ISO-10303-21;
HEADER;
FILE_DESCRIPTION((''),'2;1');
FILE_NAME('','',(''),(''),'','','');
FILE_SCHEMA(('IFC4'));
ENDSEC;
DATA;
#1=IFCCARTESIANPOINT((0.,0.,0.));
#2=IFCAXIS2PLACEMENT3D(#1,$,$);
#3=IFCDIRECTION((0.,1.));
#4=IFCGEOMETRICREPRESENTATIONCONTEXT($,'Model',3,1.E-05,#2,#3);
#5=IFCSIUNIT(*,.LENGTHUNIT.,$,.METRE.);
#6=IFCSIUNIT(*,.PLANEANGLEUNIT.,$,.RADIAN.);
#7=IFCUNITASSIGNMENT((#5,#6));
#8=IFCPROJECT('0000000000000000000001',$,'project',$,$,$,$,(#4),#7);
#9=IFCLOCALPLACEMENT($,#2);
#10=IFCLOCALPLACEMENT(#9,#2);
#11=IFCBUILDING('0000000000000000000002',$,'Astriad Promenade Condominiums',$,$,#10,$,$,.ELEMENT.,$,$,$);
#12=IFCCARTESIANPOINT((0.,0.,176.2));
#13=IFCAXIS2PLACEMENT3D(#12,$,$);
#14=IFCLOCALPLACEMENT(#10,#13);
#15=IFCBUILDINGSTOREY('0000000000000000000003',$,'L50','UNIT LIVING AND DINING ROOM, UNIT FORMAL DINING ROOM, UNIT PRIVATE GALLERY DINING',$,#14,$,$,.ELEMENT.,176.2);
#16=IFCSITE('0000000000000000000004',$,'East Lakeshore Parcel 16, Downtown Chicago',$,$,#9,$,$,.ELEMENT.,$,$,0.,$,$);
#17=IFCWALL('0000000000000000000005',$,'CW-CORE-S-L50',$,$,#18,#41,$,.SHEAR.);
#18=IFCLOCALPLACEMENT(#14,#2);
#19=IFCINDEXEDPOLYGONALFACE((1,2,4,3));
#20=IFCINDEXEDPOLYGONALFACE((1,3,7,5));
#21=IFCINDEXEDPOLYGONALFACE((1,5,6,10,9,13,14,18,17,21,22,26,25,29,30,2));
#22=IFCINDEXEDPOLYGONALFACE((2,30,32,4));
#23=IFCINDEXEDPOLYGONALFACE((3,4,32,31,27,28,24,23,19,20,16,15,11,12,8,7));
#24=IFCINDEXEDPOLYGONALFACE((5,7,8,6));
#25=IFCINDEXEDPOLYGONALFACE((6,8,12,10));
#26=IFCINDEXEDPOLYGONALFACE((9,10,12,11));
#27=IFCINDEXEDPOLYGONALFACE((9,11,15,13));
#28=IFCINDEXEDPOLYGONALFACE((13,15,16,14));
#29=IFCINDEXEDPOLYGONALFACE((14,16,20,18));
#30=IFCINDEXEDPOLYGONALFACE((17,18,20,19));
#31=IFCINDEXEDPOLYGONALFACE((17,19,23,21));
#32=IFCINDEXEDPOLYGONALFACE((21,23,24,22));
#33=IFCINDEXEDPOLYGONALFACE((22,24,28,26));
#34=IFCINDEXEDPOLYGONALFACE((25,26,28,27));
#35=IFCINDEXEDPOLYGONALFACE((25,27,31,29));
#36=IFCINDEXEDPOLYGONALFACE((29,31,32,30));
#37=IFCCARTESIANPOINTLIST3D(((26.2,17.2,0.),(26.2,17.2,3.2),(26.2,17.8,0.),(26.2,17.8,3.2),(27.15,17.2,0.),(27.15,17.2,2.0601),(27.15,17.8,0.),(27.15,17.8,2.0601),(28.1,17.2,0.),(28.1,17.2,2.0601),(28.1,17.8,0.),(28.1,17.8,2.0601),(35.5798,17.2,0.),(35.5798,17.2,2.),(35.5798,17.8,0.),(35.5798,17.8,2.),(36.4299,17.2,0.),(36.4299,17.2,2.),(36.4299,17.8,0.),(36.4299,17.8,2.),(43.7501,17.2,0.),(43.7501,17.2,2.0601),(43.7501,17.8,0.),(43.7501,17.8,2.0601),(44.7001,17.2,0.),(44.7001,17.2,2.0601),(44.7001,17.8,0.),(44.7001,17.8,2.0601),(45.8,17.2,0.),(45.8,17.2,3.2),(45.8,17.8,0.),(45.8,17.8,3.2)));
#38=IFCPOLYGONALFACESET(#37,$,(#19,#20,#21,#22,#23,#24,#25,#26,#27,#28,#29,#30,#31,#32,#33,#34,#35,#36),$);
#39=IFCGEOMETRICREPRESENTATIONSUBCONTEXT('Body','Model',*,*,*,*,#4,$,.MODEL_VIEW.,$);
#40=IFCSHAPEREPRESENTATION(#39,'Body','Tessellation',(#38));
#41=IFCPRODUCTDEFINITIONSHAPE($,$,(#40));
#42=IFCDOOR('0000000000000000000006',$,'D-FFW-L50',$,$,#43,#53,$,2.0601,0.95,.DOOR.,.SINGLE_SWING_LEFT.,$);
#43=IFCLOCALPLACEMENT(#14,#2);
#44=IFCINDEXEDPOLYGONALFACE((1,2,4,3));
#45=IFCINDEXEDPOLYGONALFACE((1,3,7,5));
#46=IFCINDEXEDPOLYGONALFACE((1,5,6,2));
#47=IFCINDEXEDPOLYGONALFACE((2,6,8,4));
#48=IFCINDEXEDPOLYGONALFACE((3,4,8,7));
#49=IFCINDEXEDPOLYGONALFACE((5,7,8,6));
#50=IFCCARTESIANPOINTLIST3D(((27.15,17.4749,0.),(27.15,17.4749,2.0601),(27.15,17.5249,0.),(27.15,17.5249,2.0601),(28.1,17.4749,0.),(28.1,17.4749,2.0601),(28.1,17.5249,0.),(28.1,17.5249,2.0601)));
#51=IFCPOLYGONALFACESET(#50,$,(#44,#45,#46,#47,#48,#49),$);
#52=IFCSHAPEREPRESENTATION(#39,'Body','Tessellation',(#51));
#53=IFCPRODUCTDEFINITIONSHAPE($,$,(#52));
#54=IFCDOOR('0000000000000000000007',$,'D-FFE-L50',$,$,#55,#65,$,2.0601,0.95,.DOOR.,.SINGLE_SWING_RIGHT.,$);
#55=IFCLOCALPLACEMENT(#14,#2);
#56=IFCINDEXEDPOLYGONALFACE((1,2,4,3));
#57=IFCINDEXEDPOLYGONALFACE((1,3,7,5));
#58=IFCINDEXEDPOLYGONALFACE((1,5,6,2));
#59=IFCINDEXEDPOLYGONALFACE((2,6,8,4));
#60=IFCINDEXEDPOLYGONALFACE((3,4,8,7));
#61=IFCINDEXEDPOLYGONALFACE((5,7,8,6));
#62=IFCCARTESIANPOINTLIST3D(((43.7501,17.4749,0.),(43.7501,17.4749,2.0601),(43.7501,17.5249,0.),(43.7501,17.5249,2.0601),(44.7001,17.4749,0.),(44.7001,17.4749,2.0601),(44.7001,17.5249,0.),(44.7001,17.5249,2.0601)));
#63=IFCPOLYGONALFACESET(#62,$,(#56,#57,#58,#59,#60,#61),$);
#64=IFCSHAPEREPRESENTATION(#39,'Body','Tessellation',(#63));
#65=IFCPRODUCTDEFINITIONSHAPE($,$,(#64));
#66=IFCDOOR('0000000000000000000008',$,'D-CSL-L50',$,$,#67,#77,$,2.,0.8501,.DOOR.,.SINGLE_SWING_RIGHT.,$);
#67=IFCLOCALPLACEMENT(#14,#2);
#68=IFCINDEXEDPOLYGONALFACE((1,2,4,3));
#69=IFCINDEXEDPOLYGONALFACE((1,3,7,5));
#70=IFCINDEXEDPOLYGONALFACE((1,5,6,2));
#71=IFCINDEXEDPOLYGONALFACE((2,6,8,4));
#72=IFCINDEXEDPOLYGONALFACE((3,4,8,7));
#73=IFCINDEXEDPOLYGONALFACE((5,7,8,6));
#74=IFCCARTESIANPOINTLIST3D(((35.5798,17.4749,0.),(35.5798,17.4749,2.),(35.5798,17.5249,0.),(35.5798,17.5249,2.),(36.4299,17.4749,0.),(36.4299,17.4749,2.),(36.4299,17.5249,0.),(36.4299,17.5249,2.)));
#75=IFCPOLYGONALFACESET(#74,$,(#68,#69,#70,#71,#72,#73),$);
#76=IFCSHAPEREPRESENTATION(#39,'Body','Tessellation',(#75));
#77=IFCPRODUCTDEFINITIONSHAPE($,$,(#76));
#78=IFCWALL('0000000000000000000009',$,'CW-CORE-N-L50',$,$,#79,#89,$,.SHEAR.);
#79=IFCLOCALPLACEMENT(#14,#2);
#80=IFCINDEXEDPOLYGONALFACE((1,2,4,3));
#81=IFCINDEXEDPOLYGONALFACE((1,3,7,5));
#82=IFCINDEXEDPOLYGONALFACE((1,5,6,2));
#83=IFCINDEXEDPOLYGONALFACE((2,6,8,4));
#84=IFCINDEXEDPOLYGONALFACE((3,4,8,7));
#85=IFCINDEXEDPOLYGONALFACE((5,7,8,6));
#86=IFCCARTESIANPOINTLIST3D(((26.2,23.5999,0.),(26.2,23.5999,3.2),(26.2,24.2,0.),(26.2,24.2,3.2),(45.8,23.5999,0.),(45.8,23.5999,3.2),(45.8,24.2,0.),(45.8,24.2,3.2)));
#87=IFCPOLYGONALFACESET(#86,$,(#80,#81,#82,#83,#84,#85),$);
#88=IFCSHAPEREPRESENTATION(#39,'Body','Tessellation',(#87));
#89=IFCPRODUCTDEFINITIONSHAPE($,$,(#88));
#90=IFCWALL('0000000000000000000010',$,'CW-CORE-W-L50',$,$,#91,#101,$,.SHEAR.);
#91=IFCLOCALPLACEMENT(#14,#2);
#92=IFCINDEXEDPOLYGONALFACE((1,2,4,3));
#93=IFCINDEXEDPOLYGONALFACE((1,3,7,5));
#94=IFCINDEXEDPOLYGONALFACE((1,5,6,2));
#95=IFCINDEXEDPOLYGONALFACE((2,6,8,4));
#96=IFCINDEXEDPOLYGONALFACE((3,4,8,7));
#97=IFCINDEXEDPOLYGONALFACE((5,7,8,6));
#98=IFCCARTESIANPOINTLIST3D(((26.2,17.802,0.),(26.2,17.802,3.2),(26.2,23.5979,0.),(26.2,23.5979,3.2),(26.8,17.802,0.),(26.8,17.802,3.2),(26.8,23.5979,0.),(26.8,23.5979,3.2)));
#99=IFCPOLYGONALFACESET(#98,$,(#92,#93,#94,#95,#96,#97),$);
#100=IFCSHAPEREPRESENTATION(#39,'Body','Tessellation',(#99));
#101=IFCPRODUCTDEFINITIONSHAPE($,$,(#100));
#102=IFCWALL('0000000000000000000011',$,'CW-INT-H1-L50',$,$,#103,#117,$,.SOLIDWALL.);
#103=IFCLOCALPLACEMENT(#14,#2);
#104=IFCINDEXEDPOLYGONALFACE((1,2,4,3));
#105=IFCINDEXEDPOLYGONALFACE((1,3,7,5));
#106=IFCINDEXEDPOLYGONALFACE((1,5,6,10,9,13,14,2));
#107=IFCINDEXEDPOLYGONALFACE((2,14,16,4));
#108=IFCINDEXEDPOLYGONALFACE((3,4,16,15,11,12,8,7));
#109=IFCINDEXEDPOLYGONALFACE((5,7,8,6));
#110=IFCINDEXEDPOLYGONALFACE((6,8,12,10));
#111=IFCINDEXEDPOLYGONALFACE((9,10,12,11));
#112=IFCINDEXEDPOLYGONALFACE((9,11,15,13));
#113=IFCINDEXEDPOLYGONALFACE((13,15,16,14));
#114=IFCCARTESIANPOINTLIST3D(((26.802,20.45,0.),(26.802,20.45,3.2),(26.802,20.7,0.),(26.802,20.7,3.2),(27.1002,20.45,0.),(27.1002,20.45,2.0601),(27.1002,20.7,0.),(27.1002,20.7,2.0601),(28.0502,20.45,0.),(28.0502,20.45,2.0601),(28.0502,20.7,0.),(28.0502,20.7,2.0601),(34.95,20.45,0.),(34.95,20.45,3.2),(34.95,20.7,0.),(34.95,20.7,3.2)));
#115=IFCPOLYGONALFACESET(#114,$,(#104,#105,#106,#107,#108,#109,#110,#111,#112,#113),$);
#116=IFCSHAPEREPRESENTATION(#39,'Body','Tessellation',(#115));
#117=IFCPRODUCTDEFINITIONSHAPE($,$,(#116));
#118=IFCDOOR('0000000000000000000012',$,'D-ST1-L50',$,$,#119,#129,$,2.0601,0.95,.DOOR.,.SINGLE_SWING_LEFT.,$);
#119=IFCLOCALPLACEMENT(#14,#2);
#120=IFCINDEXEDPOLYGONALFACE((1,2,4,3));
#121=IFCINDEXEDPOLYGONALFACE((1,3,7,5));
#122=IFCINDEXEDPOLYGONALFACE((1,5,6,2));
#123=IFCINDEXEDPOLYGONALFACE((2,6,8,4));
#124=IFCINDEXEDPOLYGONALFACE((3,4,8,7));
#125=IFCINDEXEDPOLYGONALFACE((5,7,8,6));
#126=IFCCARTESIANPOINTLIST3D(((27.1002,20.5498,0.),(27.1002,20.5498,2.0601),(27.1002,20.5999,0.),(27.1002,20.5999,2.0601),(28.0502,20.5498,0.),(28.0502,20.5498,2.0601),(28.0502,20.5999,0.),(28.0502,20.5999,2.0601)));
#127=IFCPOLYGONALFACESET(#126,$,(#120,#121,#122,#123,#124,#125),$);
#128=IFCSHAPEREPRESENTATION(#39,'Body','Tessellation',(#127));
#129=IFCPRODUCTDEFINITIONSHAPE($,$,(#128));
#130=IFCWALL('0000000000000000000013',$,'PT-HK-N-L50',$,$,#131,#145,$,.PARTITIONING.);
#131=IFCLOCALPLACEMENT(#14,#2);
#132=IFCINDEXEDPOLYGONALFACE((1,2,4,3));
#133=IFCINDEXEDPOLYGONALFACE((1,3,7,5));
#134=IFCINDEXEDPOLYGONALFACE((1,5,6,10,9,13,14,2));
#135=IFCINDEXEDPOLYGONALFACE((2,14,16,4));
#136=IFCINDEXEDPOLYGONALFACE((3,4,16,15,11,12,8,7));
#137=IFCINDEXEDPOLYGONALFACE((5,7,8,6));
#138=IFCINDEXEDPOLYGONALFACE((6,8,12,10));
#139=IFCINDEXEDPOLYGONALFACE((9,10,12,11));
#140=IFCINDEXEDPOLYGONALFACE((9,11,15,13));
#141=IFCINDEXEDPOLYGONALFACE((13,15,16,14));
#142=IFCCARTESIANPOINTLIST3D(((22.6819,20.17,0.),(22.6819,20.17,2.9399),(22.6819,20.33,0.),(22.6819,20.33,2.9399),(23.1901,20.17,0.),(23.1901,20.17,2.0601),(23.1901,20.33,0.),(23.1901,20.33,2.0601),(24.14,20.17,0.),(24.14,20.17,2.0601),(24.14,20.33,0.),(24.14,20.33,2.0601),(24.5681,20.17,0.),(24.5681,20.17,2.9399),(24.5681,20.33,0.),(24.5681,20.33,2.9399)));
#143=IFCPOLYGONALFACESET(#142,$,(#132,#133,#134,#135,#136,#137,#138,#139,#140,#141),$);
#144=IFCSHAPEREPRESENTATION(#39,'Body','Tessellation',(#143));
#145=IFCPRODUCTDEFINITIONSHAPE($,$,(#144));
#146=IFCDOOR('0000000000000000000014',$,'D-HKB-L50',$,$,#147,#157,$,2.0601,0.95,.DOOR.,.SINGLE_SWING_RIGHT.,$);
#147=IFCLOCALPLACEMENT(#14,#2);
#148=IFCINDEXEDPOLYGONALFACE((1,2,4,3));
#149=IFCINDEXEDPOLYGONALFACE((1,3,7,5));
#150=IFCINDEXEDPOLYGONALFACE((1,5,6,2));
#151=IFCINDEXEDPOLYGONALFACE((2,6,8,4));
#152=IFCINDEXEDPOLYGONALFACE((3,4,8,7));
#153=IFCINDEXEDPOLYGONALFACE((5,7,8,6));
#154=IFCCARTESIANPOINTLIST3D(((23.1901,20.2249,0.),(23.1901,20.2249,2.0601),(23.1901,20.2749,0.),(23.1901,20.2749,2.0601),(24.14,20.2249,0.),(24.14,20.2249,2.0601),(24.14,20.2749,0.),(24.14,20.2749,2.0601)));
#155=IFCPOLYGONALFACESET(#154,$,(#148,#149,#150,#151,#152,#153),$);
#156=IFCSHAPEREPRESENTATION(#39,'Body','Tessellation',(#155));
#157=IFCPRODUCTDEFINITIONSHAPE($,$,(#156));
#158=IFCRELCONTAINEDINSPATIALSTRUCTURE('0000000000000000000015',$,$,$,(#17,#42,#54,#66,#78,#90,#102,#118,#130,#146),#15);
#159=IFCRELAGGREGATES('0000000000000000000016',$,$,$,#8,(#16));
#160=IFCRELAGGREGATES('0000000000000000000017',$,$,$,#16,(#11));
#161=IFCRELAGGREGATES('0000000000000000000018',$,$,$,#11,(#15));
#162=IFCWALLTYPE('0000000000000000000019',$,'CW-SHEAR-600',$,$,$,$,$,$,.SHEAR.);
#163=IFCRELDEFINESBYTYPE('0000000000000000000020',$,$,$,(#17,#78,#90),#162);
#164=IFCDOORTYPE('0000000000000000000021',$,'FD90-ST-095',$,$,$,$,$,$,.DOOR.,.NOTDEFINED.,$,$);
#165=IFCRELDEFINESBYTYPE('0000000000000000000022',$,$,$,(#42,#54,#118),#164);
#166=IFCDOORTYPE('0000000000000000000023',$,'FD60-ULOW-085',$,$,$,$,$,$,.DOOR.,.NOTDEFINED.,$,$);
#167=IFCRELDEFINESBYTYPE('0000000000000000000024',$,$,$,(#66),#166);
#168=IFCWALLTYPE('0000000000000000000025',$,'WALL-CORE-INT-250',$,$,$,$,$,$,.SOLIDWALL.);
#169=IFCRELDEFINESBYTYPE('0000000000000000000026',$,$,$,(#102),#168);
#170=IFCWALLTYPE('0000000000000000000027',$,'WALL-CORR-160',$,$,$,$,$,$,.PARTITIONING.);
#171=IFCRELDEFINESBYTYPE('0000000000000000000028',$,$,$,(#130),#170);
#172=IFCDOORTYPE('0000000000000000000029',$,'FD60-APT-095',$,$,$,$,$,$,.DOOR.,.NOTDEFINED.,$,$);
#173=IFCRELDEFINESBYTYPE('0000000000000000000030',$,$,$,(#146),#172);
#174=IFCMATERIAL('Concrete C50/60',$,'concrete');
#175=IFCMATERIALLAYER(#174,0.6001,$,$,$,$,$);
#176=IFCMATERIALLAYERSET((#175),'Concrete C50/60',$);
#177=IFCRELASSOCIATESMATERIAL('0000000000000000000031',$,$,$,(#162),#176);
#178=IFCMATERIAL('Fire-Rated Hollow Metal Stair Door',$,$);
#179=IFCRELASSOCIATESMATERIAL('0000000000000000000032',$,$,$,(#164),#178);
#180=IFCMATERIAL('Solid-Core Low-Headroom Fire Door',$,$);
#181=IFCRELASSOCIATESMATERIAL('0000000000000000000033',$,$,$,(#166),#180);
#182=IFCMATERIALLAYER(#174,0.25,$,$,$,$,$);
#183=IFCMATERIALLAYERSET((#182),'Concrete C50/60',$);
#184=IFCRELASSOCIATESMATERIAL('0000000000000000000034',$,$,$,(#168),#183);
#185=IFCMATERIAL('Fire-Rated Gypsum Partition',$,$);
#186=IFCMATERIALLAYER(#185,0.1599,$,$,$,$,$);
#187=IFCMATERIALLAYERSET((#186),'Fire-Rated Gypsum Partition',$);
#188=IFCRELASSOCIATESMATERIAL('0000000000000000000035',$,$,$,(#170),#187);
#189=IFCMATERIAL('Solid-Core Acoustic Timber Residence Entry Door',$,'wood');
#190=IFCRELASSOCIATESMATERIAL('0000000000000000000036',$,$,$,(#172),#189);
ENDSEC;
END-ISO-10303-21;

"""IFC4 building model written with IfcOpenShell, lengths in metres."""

from ifc_helpers import new_model, si_unit, direction, frame, frame_2d, origin, place, context, subcontext, project, spatial, rectangle, extrude, source, transform, mapped, material, layer, layer_set, type_object, type_shapes, element, fill, save


model = new_model("IFC4")

# Units and contexts
model_context = context("Model", 3, precision=1e-05, world=origin(), true_north=direction((0.0, 1.0)))
body_context = subcontext(model_context, "Body", "Model", "MODEL_VIEW")
ifc_project = project(units=[si_unit("LENGTHUNIT", "METRE"), si_unit("PLANEANGLEUNIT", "RADIAN")], contexts=[model_context])

# Site, building, storey
site_placement = place(None, origin())
site = spatial("IfcSite", under=ifc_project, at=site_placement, Name="East Lakeshore Parcel 16, Downtown Chicago", CompositionType="ELEMENT", RefElevation=0.0)
building_placement = place(site_placement, origin())
building = spatial("IfcBuilding", under=site, at=building_placement, Name="Astriad Promenade Condominiums", CompositionType="ELEMENT")
storey_placement = place(building_placement, frame((0.0, 0.0, 176.2)))
storey = spatial("IfcBuildingStorey", under=building, at=storey_placement, Name="L50", Description="UNIT LIVING AND DINING ROOM, UNIT FORMAL DINING ROOM, UNIT PRIVATE GALLERY DINING", CompositionType="ELEMENT", Elevation=176.2)

# Shared definitions
ifc_material_1 = material(Name="Concrete C50/60", Category="concrete")

# Wall, openings, doors
ifc_layer_1 = layer(ifc_material_1, 0.6001)
ifc_layer_set_1 = layer_set([ifc_layer_1], Name="Concrete C50/60")
wall_type_1 = type_object("IfcWallType", Name="CW-SHEAR-600", PredefinedType="SHEAR", material=ifc_layer_set_1)
wall_1_placement = place(storey_placement, frame((26.2, 17.5, 0.0), z_axis=(0.0, 0.0, 1.0), x_axis=(1.0, 0.0, 0.0)))
wall_1 = element("IfcWall", 1, at=wall_1_placement, inside=storey, type_object=wall_type_1, Name="CW-CORE-S-L50", PredefinedType="SHEAR", context=body_context, shape_type="SweptSolid", body=[
    extrude(rectangle(XDim=19.6001, YDim=0.6001, at=frame_2d((9.8, 0.0))), origin(), (0.0, 0.0, 1.0), 3.2),
])
opening_1_placement = place(wall_1_placement, frame((0.95, 0.0, 0.0)))
opening_1 = element("IfcOpeningElement", 2, at=opening_1_placement, cuts=wall_1, PredefinedType="OPENING", context=body_context, shape_type="SweptSolid", body=[
    extrude(rectangle(XDim=0.95, YDim=2.0601, at=frame_2d((0.4751, 1.03))), frame((0.0, 0.3101, 0.0), z_axis=(0.0, -1.0, 0.0), x_axis=(1.0, 0.0, 0.0)), (0.0, 0.0, 1.0), 0.6201),
])
opening_2_placement = place(wall_1_placement, frame((9.3799, 0.0, 0.0)))
opening_2 = element("IfcOpeningElement", 3, at=opening_2_placement, cuts=wall_1, PredefinedType="OPENING", context=body_context, shape_type="SweptSolid", body=[
    extrude(rectangle(XDim=0.8501, YDim=2.0, at=frame_2d((0.425, 1.0))), frame((0.0, 0.3101, 0.0), z_axis=(0.0, -1.0, 0.0), x_axis=(1.0, 0.0, 0.0)), (0.0, 0.0, 1.0), 0.6201),
])
opening_3_placement = place(wall_1_placement, frame((17.55, 0.0, 0.0)))
opening_3 = element("IfcOpeningElement", 4, at=opening_3_placement, cuts=wall_1, PredefinedType="OPENING", context=body_context, shape_type="SweptSolid", body=[
    extrude(rectangle(XDim=0.95, YDim=2.0601, at=frame_2d((0.4751, 1.03))), frame((0.0, 0.3101, 0.0), z_axis=(0.0, -1.0, 0.0), x_axis=(1.0, 0.0, 0.0)), (0.0, 0.0, 1.0), 0.6201),
])
ifc_material_2 = material(Name="Fire-Rated Hollow Metal Stair Door")
door_type_1 = type_object("IfcDoorType", Name="FD90-ST-095", OperationType="NOTDEFINED", PredefinedType="DOOR", material=ifc_material_2)
shared_shape_1 = source(origin(), body_context, "Body", "SweptSolid", [
    extrude(rectangle(XDim=0.95, YDim=2.0601, at=frame_2d((0.4751, 1.03))), frame((0.0, 0.0249, 0.0), z_axis=(0.0, -1.0, 0.0), x_axis=(1.0, 0.0, 0.0)), (0.0, 0.0, 1.0), 0.05),
])
type_shapes(door_type_1, [shared_shape_1])
door_1_placement = place(opening_1_placement, origin())
door_1 = element("IfcDoor", 5, at=door_1_placement, inside=storey, type_object=door_type_1, Name="D-FFW-L50", OperationType="SINGLE_SWING_LEFT", OverallHeight=2.0601, OverallWidth=0.95, PredefinedType="DOOR", context=body_context, shape_type="MappedRepresentation", body=[
    mapped(shared_shape_1, transform((0.0, 0.0, 0.0), scale=1.0)),
])
fill(opening_1, door_1)
door_2_placement = place(opening_3_placement, origin())
door_2 = element("IfcDoor", 6, at=door_2_placement, inside=storey, type_object=door_type_1, Name="D-FFE-L50", OperationType="SINGLE_SWING_RIGHT", OverallHeight=2.0601, OverallWidth=0.95, PredefinedType="DOOR", context=body_context, shape_type="MappedRepresentation", body=[
    mapped(shared_shape_1, transform((0.0, 0.0, 0.0), scale=1.0)),
])
fill(opening_3, door_2)
ifc_material_3 = material(Name="Solid-Core Low-Headroom Fire Door")
door_type_2 = type_object("IfcDoorType", Name="FD60-ULOW-085", OperationType="NOTDEFINED", PredefinedType="DOOR", material=ifc_material_3)
shared_shape_2 = source(origin(), body_context, "Body", "SweptSolid", [
    extrude(rectangle(XDim=0.8501, YDim=2.0, at=frame_2d((0.425, 1.0))), frame((0.0, 0.0249, 0.0), z_axis=(0.0, -1.0, 0.0), x_axis=(1.0, 0.0, 0.0)), (0.0, 0.0, 1.0), 0.05),
])
type_shapes(door_type_2, [shared_shape_2])
door_3_placement = place(opening_2_placement, origin())
door_3 = element("IfcDoor", 7, at=door_3_placement, inside=storey, type_object=door_type_2, Name="D-CSL-L50", OperationType="SINGLE_SWING_RIGHT", OverallHeight=2.0, OverallWidth=0.8501, PredefinedType="DOOR", context=body_context, shape_type="MappedRepresentation", body=[
    mapped(shared_shape_2, transform((0.0, 0.0, 0.0), scale=1.0)),
])
fill(opening_2, door_3)

# Walls
wall_2_placement = place(storey_placement, frame((26.2, 23.8999, 0.0), z_axis=(0.0, 0.0, 1.0), x_axis=(1.0, 0.0, 0.0)))
element("IfcWall", 8, at=wall_2_placement, inside=storey, type_object=wall_type_1, Name="CW-CORE-N-L50", PredefinedType="SHEAR", context=body_context, shape_type="SweptSolid", body=[
    extrude(rectangle(XDim=19.6001, YDim=0.6001, at=frame_2d((9.8, 0.0))), origin(), (0.0, 0.0, 1.0), 3.2),
])
wall_3_placement = place(storey_placement, frame((26.5, 17.802, 0.0), z_axis=(0.0, 0.0, 1.0), x_axis=(0.0, 1.0, 0.0)))
element("IfcWall", 9, at=wall_3_placement, inside=storey, type_object=wall_type_1, Name="CW-CORE-W-L50", PredefinedType="SHEAR", context=body_context, shape_type="SweptSolid", body=[
    extrude(rectangle(XDim=5.7959, YDim=0.6001, at=frame_2d((2.8979, 0.0))), origin(), (0.0, 0.0, 1.0), 3.2),
])

# Walls, openings, doors
ifc_layer_2 = layer(ifc_material_1, 0.25)
ifc_layer_set_2 = layer_set([ifc_layer_2], Name="Concrete C50/60")
wall_type_2 = type_object("IfcWallType", Name="WALL-CORE-INT-250", PredefinedType="SOLIDWALL", material=ifc_layer_set_2)
wall_4_placement = place(storey_placement, frame((26.802, 20.575, 0.0), z_axis=(0.0, 0.0, 1.0), x_axis=(1.0, 0.0, 0.0)))
wall_4 = element("IfcWall", 10, at=wall_4_placement, inside=storey, type_object=wall_type_2, Name="CW-INT-H1-L50", PredefinedType="SOLIDWALL", context=body_context, shape_type="SweptSolid", body=[
    extrude(rectangle(XDim=8.1479, YDim=0.25, at=frame_2d((4.074, 0.0))), origin(), (0.0, 0.0, 1.0), 3.2),
])
opening_4_placement = place(wall_4_placement, frame((0.2981, 0.0, 0.0)))
opening_4 = element("IfcOpeningElement", 11, at=opening_4_placement, cuts=wall_4, PredefinedType="OPENING", context=body_context, shape_type="SweptSolid", body=[
    extrude(rectangle(XDim=0.95, YDim=2.0601, at=frame_2d((0.4751, 1.03))), frame((0.0, 0.135, 0.0), z_axis=(0.0, -1.0, 0.0), x_axis=(1.0, 0.0, 0.0)), (0.0, 0.0, 1.0), 0.27),
])
door_4_placement = place(opening_4_placement, origin())
door_4 = element("IfcDoor", 12, at=door_4_placement, inside=storey, type_object=door_type_1, Name="D-ST1-L50", OperationType="SINGLE_SWING_LEFT", OverallHeight=2.0601, OverallWidth=0.95, PredefinedType="DOOR", context=body_context, shape_type="MappedRepresentation", body=[
    mapped(shared_shape_1, transform((0.0, 0.0, 0.0), scale=1.0)),
])
fill(opening_4, door_4)
ifc_material_4 = material(Name="Fire-Rated Gypsum Partition")
ifc_layer_3 = layer(ifc_material_4, 0.1599)
ifc_layer_set_3 = layer_set([ifc_layer_3], Name="Fire-Rated Gypsum Partition")
wall_type_3 = type_object("IfcWallType", Name="WALL-CORR-160", PredefinedType="PARTITIONING", material=ifc_layer_set_3)
wall_5_placement = place(storey_placement, frame((22.6819, 20.25, 0.0), z_axis=(0.0, 0.0, 1.0), x_axis=(1.0, 0.0, 0.0)))
wall_5 = element("IfcWall", 13, at=wall_5_placement, inside=storey, type_object=wall_type_3, Name="PT-HK-N-L50", PredefinedType="PARTITIONING", context=body_context, shape_type="SweptSolid", body=[
    extrude(rectangle(XDim=1.8862, YDim=0.1599, at=frame_2d((0.9431, 0.0))), origin(), (0.0, 0.0, 1.0), 2.9399),
])
opening_5_placement = place(wall_5_placement, frame((0.5081, 0.0, 0.0)))
opening_5 = element("IfcOpeningElement", 14, at=opening_5_placement, cuts=wall_5, PredefinedType="OPENING", context=body_context, shape_type="SweptSolid", body=[
    extrude(rectangle(XDim=0.95, YDim=2.0601, at=frame_2d((0.4751, 1.03))), frame((0.0, 0.0898, 0.0), z_axis=(0.0, -1.0, 0.0), x_axis=(1.0, 0.0, 0.0)), (0.0, 0.0, 1.0), 0.1799),
])
ifc_material_5 = material(Name="Solid-Core Acoustic Timber Residence Entry Door", Category="wood")
door_type_3 = type_object("IfcDoorType", Name="FD60-APT-095", OperationType="NOTDEFINED", PredefinedType="DOOR", material=ifc_material_5)
shared_shape_3 = source(origin(), body_context, "Body", "SweptSolid", [
    extrude(rectangle(XDim=0.95, YDim=2.0601, at=frame_2d((0.4751, 1.03))), frame((0.0, 0.0249, 0.0), z_axis=(0.0, -1.0, 0.0), x_axis=(1.0, 0.0, 0.0)), (0.0, 0.0, 1.0), 0.05),
])
type_shapes(door_type_3, [shared_shape_3])
door_5_placement = place(opening_5_placement, origin())
door_5 = element("IfcDoor", 15, at=door_5_placement, inside=storey, type_object=door_type_3, Name="D-HKB-L50", OperationType="SINGLE_SWING_RIGHT", OverallHeight=2.0601, OverallWidth=0.95, PredefinedType="DOOR", context=body_context, shape_type="MappedRepresentation", body=[
    mapped(shared_shape_3, transform((0.0, 0.0, 0.0), scale=1.0)),
])
fill(opening_5, door_5)

save(model, "model.ifc")
